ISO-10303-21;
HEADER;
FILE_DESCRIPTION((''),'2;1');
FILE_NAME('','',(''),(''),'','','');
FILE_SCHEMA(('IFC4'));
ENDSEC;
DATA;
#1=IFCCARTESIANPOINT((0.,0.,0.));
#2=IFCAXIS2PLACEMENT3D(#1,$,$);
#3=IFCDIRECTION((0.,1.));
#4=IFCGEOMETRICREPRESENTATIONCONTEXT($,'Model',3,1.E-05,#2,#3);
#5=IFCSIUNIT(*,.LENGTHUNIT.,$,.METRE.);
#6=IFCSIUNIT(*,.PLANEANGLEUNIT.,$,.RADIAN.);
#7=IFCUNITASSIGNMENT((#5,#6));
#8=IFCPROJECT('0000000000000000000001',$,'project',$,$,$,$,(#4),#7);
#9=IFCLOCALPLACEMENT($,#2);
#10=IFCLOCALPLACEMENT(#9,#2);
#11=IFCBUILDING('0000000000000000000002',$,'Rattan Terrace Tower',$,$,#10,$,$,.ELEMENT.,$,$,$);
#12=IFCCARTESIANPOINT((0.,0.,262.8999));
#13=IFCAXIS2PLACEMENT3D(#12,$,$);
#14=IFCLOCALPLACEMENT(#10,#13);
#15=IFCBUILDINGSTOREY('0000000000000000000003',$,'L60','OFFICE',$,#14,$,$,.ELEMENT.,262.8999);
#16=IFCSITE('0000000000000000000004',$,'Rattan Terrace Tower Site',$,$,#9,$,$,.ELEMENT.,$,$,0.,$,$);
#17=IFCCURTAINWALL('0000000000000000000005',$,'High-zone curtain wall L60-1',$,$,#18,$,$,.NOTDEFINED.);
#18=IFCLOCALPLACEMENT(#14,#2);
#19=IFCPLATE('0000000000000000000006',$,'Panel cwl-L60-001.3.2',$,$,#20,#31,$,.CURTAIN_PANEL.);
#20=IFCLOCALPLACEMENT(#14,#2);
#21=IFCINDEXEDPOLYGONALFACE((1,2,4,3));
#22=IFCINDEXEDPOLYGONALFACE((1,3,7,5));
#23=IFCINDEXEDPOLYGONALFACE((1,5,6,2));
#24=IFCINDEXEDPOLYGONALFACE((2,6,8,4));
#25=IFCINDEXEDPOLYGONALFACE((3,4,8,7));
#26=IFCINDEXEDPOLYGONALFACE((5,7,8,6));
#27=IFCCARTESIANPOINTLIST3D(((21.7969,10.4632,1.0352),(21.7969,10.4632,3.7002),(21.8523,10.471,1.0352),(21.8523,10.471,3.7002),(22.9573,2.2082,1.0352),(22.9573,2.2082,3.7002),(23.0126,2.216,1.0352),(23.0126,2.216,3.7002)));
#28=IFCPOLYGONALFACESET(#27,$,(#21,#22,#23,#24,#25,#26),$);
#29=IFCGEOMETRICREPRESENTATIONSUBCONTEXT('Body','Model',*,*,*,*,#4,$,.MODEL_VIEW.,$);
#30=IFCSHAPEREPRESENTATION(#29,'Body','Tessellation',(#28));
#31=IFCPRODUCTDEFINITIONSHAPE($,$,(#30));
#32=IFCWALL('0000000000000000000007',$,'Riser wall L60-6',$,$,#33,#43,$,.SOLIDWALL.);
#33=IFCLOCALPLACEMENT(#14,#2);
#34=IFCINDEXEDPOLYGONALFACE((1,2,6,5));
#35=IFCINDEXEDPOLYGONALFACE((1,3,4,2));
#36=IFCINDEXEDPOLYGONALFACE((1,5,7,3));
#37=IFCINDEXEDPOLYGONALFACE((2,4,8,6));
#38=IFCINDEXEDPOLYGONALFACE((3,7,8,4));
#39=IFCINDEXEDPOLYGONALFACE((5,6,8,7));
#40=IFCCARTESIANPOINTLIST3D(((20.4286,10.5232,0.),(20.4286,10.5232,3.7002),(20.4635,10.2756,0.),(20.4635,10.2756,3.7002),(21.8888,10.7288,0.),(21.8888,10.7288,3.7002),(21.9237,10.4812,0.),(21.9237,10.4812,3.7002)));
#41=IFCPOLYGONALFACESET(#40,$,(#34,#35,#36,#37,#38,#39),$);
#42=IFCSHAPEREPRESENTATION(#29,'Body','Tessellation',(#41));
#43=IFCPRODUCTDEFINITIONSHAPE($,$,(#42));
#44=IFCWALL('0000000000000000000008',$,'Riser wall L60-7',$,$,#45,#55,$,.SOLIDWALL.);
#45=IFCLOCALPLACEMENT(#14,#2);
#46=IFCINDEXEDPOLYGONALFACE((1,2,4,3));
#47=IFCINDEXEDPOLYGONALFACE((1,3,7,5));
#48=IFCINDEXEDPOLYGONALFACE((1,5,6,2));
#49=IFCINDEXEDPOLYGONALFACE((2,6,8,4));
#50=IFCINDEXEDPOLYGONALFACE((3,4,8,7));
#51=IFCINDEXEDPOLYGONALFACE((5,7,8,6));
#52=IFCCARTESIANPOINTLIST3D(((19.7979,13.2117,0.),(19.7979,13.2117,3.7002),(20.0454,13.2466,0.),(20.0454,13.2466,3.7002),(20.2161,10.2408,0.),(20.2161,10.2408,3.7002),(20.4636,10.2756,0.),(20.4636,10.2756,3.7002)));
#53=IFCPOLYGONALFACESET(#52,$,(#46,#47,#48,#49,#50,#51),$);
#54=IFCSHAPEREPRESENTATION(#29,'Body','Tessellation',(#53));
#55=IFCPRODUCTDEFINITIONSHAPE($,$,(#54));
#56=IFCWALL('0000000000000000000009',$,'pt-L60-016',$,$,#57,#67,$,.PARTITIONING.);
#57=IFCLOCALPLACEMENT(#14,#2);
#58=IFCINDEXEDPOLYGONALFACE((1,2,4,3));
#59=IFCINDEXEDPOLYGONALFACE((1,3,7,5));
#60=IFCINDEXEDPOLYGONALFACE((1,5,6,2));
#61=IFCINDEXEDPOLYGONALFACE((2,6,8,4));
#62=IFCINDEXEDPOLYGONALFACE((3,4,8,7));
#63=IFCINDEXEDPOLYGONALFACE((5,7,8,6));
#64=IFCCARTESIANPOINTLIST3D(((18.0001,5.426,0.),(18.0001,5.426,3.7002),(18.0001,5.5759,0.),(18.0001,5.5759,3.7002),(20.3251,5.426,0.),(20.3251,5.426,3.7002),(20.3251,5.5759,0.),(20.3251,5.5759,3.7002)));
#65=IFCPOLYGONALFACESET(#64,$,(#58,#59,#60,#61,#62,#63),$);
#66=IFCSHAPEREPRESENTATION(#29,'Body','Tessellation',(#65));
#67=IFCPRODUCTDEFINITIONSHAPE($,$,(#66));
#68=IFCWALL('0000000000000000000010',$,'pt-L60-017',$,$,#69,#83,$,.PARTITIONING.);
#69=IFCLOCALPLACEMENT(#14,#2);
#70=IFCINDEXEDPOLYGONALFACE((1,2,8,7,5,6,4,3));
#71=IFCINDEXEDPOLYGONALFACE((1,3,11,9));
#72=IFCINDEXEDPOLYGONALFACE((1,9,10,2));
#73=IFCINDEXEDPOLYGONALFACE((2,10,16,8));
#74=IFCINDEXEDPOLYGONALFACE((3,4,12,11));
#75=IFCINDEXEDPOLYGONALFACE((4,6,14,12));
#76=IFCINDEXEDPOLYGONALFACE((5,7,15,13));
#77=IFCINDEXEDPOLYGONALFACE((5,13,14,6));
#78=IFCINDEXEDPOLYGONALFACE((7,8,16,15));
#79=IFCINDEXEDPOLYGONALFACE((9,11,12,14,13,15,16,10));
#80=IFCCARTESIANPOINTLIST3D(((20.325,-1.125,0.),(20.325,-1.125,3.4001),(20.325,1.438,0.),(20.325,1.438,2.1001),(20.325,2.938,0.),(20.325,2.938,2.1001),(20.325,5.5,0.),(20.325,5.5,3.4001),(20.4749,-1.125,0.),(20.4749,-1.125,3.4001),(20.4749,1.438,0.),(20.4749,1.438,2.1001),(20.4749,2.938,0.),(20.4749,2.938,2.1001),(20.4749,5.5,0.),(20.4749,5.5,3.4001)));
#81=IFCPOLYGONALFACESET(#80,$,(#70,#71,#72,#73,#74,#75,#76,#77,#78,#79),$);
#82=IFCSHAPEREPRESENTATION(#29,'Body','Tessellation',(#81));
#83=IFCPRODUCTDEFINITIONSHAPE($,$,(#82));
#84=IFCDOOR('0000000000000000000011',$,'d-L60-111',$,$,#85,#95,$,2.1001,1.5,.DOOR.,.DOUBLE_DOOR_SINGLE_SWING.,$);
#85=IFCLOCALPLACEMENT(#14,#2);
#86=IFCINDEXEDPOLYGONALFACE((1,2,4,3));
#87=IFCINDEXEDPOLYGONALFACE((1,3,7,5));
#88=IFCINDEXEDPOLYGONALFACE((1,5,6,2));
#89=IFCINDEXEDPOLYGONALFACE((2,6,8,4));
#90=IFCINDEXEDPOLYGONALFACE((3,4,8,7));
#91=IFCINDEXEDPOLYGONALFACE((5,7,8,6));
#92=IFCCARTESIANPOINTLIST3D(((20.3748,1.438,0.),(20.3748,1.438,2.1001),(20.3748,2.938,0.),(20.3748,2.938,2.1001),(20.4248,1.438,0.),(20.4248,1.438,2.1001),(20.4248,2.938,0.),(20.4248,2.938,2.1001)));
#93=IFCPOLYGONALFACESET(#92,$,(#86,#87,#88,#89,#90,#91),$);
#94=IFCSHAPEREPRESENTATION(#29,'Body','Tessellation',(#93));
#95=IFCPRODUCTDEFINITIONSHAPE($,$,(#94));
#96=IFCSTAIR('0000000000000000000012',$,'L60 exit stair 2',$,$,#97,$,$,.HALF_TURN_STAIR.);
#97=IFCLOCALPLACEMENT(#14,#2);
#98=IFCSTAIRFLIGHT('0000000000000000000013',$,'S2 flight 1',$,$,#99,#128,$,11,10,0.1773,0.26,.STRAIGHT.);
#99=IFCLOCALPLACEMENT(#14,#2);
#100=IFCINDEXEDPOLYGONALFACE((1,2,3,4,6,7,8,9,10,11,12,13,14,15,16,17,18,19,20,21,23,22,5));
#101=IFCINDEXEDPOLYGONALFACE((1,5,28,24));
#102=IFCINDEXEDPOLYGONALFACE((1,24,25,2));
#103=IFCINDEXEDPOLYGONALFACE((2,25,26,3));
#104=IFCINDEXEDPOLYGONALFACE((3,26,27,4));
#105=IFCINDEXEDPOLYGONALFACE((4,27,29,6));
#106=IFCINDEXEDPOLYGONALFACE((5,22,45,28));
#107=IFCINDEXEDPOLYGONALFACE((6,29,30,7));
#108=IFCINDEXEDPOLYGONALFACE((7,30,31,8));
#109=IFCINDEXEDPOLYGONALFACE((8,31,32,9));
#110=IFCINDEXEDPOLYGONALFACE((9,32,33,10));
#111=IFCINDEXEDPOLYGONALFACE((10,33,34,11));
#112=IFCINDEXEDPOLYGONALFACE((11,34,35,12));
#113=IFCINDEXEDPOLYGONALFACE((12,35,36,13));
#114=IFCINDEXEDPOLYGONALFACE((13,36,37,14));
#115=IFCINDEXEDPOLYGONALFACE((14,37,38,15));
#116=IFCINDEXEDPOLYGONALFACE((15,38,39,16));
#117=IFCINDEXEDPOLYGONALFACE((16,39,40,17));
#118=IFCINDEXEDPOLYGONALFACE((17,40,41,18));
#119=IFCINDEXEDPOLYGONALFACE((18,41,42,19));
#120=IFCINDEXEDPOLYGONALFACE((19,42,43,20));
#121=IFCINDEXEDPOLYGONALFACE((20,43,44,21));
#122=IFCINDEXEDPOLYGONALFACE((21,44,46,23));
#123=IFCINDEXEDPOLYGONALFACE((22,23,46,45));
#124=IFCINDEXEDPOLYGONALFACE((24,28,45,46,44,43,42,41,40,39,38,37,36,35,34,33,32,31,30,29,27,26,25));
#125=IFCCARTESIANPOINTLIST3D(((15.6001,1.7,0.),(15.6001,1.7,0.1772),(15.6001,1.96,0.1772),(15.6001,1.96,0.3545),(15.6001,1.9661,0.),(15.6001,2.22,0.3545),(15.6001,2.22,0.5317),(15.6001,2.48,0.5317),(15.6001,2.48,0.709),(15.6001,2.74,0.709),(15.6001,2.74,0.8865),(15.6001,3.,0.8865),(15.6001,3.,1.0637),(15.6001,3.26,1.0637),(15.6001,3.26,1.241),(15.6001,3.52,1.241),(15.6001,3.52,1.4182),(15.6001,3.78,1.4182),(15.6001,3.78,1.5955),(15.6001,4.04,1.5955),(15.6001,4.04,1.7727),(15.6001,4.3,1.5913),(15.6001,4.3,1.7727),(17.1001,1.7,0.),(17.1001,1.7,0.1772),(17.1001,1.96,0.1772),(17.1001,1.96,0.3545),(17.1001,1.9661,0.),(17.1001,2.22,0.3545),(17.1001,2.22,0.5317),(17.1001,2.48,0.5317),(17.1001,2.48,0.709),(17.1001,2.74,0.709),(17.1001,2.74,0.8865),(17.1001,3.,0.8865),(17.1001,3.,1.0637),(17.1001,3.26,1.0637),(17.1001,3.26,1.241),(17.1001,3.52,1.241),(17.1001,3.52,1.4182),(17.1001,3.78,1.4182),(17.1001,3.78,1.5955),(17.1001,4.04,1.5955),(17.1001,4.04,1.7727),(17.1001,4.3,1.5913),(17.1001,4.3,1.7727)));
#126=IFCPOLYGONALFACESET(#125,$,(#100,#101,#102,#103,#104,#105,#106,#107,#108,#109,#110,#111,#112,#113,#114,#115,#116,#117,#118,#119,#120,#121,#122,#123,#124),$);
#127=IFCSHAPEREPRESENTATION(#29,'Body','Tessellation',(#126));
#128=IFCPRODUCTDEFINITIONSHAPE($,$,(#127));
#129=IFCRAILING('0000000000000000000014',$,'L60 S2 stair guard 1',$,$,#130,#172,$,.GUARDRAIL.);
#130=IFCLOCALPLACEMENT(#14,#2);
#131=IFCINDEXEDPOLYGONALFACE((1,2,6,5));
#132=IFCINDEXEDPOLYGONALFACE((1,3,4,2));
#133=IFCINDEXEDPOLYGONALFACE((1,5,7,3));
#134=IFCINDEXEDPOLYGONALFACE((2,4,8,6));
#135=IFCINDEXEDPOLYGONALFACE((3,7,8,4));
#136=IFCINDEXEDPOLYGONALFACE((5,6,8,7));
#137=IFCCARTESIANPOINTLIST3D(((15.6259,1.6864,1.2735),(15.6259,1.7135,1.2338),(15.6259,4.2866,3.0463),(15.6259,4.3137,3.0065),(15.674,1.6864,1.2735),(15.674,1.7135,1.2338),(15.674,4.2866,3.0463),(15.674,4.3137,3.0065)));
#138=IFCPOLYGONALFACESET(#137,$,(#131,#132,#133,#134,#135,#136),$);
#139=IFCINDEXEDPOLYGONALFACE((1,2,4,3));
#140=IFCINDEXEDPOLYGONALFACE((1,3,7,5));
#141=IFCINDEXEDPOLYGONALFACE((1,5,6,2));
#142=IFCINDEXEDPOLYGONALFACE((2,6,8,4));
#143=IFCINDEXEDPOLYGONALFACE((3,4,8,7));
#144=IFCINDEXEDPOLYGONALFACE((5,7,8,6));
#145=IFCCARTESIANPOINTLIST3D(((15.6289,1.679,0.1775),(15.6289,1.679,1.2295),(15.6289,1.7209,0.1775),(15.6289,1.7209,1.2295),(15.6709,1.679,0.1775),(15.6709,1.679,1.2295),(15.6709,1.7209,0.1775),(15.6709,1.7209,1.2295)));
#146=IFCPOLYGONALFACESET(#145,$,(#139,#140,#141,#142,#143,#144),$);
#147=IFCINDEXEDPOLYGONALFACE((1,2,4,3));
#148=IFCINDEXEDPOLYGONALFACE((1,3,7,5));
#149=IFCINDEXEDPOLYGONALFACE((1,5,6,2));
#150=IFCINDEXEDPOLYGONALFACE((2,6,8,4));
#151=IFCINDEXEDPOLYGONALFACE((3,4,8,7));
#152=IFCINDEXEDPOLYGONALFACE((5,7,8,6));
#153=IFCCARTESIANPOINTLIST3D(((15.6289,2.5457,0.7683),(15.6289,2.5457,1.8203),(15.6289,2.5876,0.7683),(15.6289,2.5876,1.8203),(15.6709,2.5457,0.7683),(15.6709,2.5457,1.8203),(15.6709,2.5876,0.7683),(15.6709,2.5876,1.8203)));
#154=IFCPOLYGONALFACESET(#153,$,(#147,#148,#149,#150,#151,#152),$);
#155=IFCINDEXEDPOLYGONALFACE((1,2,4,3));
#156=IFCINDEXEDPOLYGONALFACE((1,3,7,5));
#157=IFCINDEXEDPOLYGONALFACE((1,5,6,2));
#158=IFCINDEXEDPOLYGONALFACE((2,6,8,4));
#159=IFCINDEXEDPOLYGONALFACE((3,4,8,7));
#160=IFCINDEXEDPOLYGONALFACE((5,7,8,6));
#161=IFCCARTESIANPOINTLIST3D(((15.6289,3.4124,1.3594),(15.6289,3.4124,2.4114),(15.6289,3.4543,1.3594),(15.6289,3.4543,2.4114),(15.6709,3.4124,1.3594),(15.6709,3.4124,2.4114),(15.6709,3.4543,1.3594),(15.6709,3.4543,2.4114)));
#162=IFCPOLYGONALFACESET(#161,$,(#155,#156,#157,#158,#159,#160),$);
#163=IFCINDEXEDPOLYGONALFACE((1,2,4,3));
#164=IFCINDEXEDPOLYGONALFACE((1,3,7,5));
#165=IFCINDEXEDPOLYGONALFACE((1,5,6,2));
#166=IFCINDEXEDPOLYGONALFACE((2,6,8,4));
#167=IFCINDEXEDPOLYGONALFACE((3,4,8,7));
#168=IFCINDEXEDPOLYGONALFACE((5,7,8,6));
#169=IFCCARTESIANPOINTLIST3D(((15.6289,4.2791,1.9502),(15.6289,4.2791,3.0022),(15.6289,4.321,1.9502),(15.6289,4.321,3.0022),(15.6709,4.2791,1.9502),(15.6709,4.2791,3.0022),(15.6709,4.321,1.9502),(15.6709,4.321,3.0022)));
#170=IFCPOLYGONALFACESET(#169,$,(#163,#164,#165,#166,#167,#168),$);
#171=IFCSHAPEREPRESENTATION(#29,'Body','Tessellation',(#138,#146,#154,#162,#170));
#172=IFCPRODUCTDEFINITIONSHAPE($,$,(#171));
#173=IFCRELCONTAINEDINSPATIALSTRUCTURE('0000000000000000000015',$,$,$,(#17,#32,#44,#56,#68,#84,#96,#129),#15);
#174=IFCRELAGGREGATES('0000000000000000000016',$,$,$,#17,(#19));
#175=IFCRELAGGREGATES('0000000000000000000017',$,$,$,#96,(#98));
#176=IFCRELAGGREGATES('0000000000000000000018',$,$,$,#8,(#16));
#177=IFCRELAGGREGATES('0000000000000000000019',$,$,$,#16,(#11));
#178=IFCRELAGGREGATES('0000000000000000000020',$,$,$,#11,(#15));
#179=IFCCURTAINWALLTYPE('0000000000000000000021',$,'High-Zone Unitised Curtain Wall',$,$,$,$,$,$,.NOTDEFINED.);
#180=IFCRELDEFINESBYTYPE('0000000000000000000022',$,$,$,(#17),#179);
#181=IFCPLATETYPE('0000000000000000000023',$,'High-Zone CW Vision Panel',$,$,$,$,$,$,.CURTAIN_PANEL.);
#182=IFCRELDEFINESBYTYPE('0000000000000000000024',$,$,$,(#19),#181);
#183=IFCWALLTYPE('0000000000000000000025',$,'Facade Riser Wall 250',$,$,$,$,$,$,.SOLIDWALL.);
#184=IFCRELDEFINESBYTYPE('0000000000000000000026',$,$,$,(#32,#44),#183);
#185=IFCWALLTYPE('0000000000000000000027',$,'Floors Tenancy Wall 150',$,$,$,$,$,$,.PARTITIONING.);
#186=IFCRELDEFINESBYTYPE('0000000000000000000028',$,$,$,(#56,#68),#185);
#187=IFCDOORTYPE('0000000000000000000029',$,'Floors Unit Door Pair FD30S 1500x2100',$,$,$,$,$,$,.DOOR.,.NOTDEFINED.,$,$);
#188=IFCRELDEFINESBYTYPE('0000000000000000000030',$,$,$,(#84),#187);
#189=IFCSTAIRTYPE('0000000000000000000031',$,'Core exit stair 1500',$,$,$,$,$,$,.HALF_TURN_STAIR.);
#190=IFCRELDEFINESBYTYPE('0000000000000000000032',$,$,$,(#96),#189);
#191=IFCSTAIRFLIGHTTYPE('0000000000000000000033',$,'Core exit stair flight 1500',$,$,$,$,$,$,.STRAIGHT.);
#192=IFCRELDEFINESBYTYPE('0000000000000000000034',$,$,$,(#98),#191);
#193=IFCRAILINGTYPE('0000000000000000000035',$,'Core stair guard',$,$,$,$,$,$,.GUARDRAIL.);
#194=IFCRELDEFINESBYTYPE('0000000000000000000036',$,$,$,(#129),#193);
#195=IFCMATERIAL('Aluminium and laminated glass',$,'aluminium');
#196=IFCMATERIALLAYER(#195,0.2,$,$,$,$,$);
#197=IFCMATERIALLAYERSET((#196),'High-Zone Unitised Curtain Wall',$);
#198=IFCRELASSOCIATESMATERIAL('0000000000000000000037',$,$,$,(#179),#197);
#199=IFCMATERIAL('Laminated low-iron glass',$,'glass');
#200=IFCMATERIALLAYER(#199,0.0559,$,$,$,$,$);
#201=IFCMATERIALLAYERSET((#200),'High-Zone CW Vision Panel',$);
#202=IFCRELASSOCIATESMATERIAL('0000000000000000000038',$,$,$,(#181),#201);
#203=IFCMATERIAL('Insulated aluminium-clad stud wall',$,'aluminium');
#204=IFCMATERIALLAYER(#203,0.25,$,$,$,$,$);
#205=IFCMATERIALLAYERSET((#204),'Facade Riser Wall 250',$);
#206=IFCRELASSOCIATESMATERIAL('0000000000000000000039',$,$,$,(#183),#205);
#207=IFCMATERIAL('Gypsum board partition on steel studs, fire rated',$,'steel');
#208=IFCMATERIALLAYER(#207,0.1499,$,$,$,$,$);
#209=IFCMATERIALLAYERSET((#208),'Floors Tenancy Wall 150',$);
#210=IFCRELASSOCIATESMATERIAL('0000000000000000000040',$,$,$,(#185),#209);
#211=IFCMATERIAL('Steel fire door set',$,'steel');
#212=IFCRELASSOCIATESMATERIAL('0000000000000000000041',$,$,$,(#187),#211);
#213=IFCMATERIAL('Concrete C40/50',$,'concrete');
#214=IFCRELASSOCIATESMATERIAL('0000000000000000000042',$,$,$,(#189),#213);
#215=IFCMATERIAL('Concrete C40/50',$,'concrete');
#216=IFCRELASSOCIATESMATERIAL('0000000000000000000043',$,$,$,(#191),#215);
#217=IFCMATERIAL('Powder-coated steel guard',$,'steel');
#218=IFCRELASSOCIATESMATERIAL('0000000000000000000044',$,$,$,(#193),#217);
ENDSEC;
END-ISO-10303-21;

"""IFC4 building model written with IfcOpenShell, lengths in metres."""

from ifc_helpers import new_model, si_unit, direction, frame, frame_2d, origin, origin_2d, place, context, subcontext, project, spatial, polyline, rectangle, outline, extrude, material, layer, layer_set, type_object, element, fill, aggregate, save


model = new_model("IFC4")

# Units and contexts
model_context = context("Model", 3, precision=1e-05, world=origin(), true_north=direction((0.0, 1.0)))
body_context = subcontext(model_context, "Body", "Model", "MODEL_VIEW")
ifc_project = project(units=[si_unit("LENGTHUNIT", "METRE"), si_unit("PLANEANGLEUNIT", "RADIAN")], contexts=[model_context])

# Site, building, storey
site_placement = place(None, origin())
site = spatial("IfcSite", under=ifc_project, at=site_placement, Name="Rattan Terrace Tower Site", CompositionType="ELEMENT", RefElevation=0.0)
building_placement = place(site_placement, origin())
building = spatial("IfcBuilding", under=site, at=building_placement, Name="Rattan Terrace Tower", CompositionType="ELEMENT")
storey_placement = place(building_placement, frame((0.0, 0.0, 262.8999)))
storey = spatial("IfcBuildingStorey", under=building, at=storey_placement, Name="L60", Description="OFFICE", CompositionType="ELEMENT", Elevation=262.8999)

# Curtain wall, plate
ifc_material_1 = material(Name="Aluminium and laminated glass", Category="aluminium")
ifc_layer_1 = layer(ifc_material_1, 0.2)
ifc_layer_set_1 = layer_set([ifc_layer_1], Name="High-Zone Unitised Curtain Wall")
curtain_wall_type = type_object("IfcCurtainWallType", Name="High-Zone Unitised Curtain Wall", PredefinedType="NOTDEFINED", material=ifc_layer_set_1)
curtain_wall_placement = place(storey_placement, origin())
curtain_wall = element("IfcCurtainWall", 1, at=curtain_wall_placement, inside=storey, type_object=curtain_wall_type, Name="High-zone curtain wall L60-1", PredefinedType="NOTDEFINED")
ifc_material_2 = material(Name="Laminated low-iron glass", Category="glass")
ifc_layer_2 = layer(ifc_material_2, 0.0559)
ifc_layer_set_2 = layer_set([ifc_layer_2], Name="High-Zone CW Vision Panel")
plate_type_1 = type_object("IfcPlateType", Name="High-Zone CW Vision Panel", PredefinedType="CURTAIN_PANEL", material=ifc_layer_set_2)
plate_1_placement = place(storey_placement, frame((22.4048, 6.3396, 1.0352), z_axis=(0.0, 0.0, 1.0), x_axis=(-0.139192, 0.990265, 0.0)))
plate_1 = element("IfcPlate", 2, at=plate_1_placement, type_object=plate_type_1, Name="Panel cwl-L60-001.3.2", PredefinedType="CURTAIN_PANEL", context=body_context, shape_type="SweptSolid", body=[
    extrude(rectangle(XDim=8.3362, YDim=0.0559, at=origin_2d()), origin(), (0.0, 0.0, 1.0), 2.665),
])
aggregate(curtain_wall, [plate_1])

# Walls
ifc_material_3 = material(Name="Insulated aluminium-clad stud wall", Category="aluminium")
ifc_layer_3 = layer(ifc_material_3, 0.25)
ifc_layer_set_3 = layer_set([ifc_layer_3], Name="Facade Riser Wall 250")
wall_type_1 = type_object("IfcWallType", Name="Facade Riser Wall 250", PredefinedType="SOLIDWALL", material=ifc_layer_set_3)
wall_1_placement = place(storey_placement, frame((21.9062, 10.605, 0.0), z_axis=(0.0, 0.0, 1.0), x_axis=(-0.990236, -0.139404, 0.0)))
element("IfcWall", 3, at=wall_1_placement, inside=storey, type_object=wall_type_1, Name="Riser wall L60-6", PredefinedType="SOLIDWALL", context=body_context, shape_type="SweptSolid", body=[
    extrude(rectangle(XDim=1.4746, YDim=0.25, at=frame_2d((0.7373, 0.0))), origin(), (0.0, 0.0, 1.0), 3.7002),
])
wall_2_placement = place(storey_placement, frame((20.3398, 10.2583, 0.0), z_axis=(0.0, 0.0, 1.0), x_axis=(-0.139393, 0.990237, 0.0)))
element("IfcWall", 4, at=wall_2_placement, inside=storey, type_object=wall_type_1, Name="Riser wall L60-7", PredefinedType="SOLIDWALL", context=body_context, shape_type="SweptSolid", body=[
    extrude(rectangle(XDim=3.0002, YDim=0.25, at=frame_2d((1.5, 0.0))), origin(), (0.0, 0.0, 1.0), 3.7002),
])
ifc_material_4 = material(Name="Gypsum board partition on steel studs, fire rated", Category="steel")
ifc_layer_4 = layer(ifc_material_4, 0.1499)
ifc_layer_set_4 = layer_set([ifc_layer_4], Name="Floors Tenancy Wall 150")
wall_type_2 = type_object("IfcWallType", Name="Floors Tenancy Wall 150", PredefinedType="PARTITIONING", material=ifc_layer_set_4)
wall_3_placement = place(storey_placement, frame((18.0, 5.501, 0.0), z_axis=(0.0, 0.0, 1.0), x_axis=(1.0, 0.0, 0.0)))
element("IfcWall", 5, at=wall_3_placement, inside=storey, type_object=wall_type_2, Name="pt-L60-016", PredefinedType="PARTITIONING", context=body_context, shape_type="SweptSolid", body=[
    extrude(rectangle(XDim=2.325, YDim=0.1499, at=frame_2d((1.1626, 0.0))), origin(), (0.0, 0.0, 1.0), 3.7002),
])

# Wall, opening, door
wall_4_placement = place(storey_placement, frame((20.3999, 5.5, 0.0), z_axis=(0.0, 0.0, 1.0), x_axis=(0.0, -1.0, 0.0)))
wall_4 = element("IfcWall", 6, at=wall_4_placement, inside=storey, type_object=wall_type_2, Name="pt-L60-017", PredefinedType="PARTITIONING", context=body_context, shape_type="SweptSolid", body=[
    extrude(rectangle(XDim=6.625, YDim=0.1499, at=frame_2d((3.3125, 0.0))), origin(), (0.0, 0.0, 1.0), 3.4001),
])
opening_placement = place(wall_4_placement, frame((2.562, 0.0, 0.0)))
opening = element("IfcOpeningElement", 7, at=opening_placement, cuts=wall_4, PredefinedType="OPENING", context=body_context, shape_type="SweptSolid", body=[
    extrude(rectangle(XDim=1.5, YDim=2.1001, at=frame_2d((0.75, 1.05))), frame((0.0, 0.0854, 0.0), z_axis=(0.0, -1.0, 0.0), x_axis=(1.0, 0.0, 0.0)), (0.0, 0.0, 1.0), 0.1709),
])
ifc_material_5 = material(Name="Steel fire door set", Category="steel")
door_type = type_object("IfcDoorType", Name="Floors Unit Door Pair FD30S 1500x2100", OperationType="NOTDEFINED", PredefinedType="DOOR", material=ifc_material_5)
door_placement = place(opening_placement, origin())
door = element("IfcDoor", 8, at=door_placement, inside=storey, type_object=door_type, Name="d-L60-111", OperationType="DOUBLE_DOOR_SINGLE_SWING", OverallHeight=2.1001, OverallWidth=1.5, PredefinedType="DOOR", context=body_context, shape_type="SweptSolid", body=[
    extrude(rectangle(XDim=1.5, YDim=2.1001, at=frame_2d((0.75, 1.05))), frame((0.0, 0.0249, 0.0), z_axis=(0.0, -1.0, 0.0), x_axis=(1.0, 0.0, 0.0)), (0.0, 0.0, 1.0), 0.05),
])
fill(opening, door)

# Stair, stair flight
ifc_material_6 = material(Name="Concrete C40/50", Category="concrete")
stair_type = type_object("IfcStairType", Name="Core exit stair 1500", PredefinedType="HALF_TURN_STAIR", material=ifc_material_6)
stair_placement = place(storey_placement, origin())
stair = element("IfcStair", 9, at=stair_placement, inside=storey, type_object=stair_type, Name="L60 exit stair 2", PredefinedType="HALF_TURN_STAIR")
ifc_material_7 = material(Name="Concrete C40/50", Category="concrete")
stair_flight_type = type_object("IfcStairFlightType", Name="Core exit stair flight 1500", PredefinedType="STRAIGHT", material=ifc_material_7)
stair_flight_placement = place(storey_placement, frame((16.3501, 1.7, 0.0), z_axis=(0.0, 0.0, 1.0), x_axis=(0.0, 1.0, 0.0)))
stair_flight = element("IfcStairFlight", 10, at=stair_flight_placement, type_object=stair_flight_type, Name="S2 flight 1", NumberOfRisers=11, NumberOfTreads=10, PredefinedType="STRAIGHT", RiserHeight=0.1773, TreadLength=0.26, context=body_context, shape_type="SweptSolid", body=[
    extrude(outline(polyline([(0.0, 0.0), (0.0, 0.1772), (0.26, 0.1772), (0.26, 0.3545), (0.52, 0.3545), (0.52, 0.5317), (0.78, 0.5317), (0.78, 0.709), (1.04, 0.709), (1.04, 0.8865), (1.3, 0.8865), (1.3, 1.0637), (1.5601, 1.0637), (1.5601, 1.241), (1.8201, 1.241), (1.8201, 1.4182), (2.0801, 1.4182), (2.0801, 1.5955), (2.3401, 1.5955), (2.3401, 1.7727), (2.6001, 1.7727), (2.6001, 1.95), (2.6001, 1.5913), (0.2661, 0.0), (0.0, 0.0)])), frame((0.0, 0.75, 0.0), z_axis=(0.0, -1.0, 0.0), x_axis=(1.0, 0.0, 0.0)), (0.0, 0.0, 1.0), 1.5),
])
aggregate(stair, [stair_flight])

# Railing
ifc_material_8 = material(Name="Powder-coated steel guard", Category="steel")
railing_type_1 = type_object("IfcRailingType", Name="Core stair guard", PredefinedType="GUARDRAIL", material=ifc_material_8)
railing_1_placement = place(storey_placement, frame((15.6499, 1.7, 0.1775)))
element("IfcRailing", 11, at=railing_1_placement, inside=storey, type_object=railing_type_1, Name="L60 S2 stair guard 1", PredefinedType="GUARDRAIL", context=body_context, shape_type="SweptSolid", body=[
    extrude(rectangle(XDim=0.0481, YDim=0.0481, at=origin_2d()), frame((0.0, 0.0, 1.0762), z_axis=(0.0, 0.82624, 0.563318), x_axis=(-1.0, 0.0, 0.0)), (0.0, 0.0, 1.0), 3.147),
    extrude(rectangle(XDim=0.042, YDim=0.042, at=origin_2d()), origin(), (0.0, 0.0, 1.0), 1.052),
    extrude(rectangle(XDim=0.042, YDim=0.042, at=origin_2d()), frame((0.0, 0.8667, 0.5908)), (0.0, 0.0, 1.0), 1.052),
    extrude(rectangle(XDim=0.042, YDim=0.042, at=origin_2d()), frame((0.0, 1.7334, 1.1819)), (0.0, 0.0, 1.0), 1.052),
    extrude(rectangle(XDim=0.042, YDim=0.042, at=origin_2d()), frame((0.0, 2.6001, 1.7727)), (0.0, 0.0, 1.0), 1.052),
])

save(model, "model.ifc")
